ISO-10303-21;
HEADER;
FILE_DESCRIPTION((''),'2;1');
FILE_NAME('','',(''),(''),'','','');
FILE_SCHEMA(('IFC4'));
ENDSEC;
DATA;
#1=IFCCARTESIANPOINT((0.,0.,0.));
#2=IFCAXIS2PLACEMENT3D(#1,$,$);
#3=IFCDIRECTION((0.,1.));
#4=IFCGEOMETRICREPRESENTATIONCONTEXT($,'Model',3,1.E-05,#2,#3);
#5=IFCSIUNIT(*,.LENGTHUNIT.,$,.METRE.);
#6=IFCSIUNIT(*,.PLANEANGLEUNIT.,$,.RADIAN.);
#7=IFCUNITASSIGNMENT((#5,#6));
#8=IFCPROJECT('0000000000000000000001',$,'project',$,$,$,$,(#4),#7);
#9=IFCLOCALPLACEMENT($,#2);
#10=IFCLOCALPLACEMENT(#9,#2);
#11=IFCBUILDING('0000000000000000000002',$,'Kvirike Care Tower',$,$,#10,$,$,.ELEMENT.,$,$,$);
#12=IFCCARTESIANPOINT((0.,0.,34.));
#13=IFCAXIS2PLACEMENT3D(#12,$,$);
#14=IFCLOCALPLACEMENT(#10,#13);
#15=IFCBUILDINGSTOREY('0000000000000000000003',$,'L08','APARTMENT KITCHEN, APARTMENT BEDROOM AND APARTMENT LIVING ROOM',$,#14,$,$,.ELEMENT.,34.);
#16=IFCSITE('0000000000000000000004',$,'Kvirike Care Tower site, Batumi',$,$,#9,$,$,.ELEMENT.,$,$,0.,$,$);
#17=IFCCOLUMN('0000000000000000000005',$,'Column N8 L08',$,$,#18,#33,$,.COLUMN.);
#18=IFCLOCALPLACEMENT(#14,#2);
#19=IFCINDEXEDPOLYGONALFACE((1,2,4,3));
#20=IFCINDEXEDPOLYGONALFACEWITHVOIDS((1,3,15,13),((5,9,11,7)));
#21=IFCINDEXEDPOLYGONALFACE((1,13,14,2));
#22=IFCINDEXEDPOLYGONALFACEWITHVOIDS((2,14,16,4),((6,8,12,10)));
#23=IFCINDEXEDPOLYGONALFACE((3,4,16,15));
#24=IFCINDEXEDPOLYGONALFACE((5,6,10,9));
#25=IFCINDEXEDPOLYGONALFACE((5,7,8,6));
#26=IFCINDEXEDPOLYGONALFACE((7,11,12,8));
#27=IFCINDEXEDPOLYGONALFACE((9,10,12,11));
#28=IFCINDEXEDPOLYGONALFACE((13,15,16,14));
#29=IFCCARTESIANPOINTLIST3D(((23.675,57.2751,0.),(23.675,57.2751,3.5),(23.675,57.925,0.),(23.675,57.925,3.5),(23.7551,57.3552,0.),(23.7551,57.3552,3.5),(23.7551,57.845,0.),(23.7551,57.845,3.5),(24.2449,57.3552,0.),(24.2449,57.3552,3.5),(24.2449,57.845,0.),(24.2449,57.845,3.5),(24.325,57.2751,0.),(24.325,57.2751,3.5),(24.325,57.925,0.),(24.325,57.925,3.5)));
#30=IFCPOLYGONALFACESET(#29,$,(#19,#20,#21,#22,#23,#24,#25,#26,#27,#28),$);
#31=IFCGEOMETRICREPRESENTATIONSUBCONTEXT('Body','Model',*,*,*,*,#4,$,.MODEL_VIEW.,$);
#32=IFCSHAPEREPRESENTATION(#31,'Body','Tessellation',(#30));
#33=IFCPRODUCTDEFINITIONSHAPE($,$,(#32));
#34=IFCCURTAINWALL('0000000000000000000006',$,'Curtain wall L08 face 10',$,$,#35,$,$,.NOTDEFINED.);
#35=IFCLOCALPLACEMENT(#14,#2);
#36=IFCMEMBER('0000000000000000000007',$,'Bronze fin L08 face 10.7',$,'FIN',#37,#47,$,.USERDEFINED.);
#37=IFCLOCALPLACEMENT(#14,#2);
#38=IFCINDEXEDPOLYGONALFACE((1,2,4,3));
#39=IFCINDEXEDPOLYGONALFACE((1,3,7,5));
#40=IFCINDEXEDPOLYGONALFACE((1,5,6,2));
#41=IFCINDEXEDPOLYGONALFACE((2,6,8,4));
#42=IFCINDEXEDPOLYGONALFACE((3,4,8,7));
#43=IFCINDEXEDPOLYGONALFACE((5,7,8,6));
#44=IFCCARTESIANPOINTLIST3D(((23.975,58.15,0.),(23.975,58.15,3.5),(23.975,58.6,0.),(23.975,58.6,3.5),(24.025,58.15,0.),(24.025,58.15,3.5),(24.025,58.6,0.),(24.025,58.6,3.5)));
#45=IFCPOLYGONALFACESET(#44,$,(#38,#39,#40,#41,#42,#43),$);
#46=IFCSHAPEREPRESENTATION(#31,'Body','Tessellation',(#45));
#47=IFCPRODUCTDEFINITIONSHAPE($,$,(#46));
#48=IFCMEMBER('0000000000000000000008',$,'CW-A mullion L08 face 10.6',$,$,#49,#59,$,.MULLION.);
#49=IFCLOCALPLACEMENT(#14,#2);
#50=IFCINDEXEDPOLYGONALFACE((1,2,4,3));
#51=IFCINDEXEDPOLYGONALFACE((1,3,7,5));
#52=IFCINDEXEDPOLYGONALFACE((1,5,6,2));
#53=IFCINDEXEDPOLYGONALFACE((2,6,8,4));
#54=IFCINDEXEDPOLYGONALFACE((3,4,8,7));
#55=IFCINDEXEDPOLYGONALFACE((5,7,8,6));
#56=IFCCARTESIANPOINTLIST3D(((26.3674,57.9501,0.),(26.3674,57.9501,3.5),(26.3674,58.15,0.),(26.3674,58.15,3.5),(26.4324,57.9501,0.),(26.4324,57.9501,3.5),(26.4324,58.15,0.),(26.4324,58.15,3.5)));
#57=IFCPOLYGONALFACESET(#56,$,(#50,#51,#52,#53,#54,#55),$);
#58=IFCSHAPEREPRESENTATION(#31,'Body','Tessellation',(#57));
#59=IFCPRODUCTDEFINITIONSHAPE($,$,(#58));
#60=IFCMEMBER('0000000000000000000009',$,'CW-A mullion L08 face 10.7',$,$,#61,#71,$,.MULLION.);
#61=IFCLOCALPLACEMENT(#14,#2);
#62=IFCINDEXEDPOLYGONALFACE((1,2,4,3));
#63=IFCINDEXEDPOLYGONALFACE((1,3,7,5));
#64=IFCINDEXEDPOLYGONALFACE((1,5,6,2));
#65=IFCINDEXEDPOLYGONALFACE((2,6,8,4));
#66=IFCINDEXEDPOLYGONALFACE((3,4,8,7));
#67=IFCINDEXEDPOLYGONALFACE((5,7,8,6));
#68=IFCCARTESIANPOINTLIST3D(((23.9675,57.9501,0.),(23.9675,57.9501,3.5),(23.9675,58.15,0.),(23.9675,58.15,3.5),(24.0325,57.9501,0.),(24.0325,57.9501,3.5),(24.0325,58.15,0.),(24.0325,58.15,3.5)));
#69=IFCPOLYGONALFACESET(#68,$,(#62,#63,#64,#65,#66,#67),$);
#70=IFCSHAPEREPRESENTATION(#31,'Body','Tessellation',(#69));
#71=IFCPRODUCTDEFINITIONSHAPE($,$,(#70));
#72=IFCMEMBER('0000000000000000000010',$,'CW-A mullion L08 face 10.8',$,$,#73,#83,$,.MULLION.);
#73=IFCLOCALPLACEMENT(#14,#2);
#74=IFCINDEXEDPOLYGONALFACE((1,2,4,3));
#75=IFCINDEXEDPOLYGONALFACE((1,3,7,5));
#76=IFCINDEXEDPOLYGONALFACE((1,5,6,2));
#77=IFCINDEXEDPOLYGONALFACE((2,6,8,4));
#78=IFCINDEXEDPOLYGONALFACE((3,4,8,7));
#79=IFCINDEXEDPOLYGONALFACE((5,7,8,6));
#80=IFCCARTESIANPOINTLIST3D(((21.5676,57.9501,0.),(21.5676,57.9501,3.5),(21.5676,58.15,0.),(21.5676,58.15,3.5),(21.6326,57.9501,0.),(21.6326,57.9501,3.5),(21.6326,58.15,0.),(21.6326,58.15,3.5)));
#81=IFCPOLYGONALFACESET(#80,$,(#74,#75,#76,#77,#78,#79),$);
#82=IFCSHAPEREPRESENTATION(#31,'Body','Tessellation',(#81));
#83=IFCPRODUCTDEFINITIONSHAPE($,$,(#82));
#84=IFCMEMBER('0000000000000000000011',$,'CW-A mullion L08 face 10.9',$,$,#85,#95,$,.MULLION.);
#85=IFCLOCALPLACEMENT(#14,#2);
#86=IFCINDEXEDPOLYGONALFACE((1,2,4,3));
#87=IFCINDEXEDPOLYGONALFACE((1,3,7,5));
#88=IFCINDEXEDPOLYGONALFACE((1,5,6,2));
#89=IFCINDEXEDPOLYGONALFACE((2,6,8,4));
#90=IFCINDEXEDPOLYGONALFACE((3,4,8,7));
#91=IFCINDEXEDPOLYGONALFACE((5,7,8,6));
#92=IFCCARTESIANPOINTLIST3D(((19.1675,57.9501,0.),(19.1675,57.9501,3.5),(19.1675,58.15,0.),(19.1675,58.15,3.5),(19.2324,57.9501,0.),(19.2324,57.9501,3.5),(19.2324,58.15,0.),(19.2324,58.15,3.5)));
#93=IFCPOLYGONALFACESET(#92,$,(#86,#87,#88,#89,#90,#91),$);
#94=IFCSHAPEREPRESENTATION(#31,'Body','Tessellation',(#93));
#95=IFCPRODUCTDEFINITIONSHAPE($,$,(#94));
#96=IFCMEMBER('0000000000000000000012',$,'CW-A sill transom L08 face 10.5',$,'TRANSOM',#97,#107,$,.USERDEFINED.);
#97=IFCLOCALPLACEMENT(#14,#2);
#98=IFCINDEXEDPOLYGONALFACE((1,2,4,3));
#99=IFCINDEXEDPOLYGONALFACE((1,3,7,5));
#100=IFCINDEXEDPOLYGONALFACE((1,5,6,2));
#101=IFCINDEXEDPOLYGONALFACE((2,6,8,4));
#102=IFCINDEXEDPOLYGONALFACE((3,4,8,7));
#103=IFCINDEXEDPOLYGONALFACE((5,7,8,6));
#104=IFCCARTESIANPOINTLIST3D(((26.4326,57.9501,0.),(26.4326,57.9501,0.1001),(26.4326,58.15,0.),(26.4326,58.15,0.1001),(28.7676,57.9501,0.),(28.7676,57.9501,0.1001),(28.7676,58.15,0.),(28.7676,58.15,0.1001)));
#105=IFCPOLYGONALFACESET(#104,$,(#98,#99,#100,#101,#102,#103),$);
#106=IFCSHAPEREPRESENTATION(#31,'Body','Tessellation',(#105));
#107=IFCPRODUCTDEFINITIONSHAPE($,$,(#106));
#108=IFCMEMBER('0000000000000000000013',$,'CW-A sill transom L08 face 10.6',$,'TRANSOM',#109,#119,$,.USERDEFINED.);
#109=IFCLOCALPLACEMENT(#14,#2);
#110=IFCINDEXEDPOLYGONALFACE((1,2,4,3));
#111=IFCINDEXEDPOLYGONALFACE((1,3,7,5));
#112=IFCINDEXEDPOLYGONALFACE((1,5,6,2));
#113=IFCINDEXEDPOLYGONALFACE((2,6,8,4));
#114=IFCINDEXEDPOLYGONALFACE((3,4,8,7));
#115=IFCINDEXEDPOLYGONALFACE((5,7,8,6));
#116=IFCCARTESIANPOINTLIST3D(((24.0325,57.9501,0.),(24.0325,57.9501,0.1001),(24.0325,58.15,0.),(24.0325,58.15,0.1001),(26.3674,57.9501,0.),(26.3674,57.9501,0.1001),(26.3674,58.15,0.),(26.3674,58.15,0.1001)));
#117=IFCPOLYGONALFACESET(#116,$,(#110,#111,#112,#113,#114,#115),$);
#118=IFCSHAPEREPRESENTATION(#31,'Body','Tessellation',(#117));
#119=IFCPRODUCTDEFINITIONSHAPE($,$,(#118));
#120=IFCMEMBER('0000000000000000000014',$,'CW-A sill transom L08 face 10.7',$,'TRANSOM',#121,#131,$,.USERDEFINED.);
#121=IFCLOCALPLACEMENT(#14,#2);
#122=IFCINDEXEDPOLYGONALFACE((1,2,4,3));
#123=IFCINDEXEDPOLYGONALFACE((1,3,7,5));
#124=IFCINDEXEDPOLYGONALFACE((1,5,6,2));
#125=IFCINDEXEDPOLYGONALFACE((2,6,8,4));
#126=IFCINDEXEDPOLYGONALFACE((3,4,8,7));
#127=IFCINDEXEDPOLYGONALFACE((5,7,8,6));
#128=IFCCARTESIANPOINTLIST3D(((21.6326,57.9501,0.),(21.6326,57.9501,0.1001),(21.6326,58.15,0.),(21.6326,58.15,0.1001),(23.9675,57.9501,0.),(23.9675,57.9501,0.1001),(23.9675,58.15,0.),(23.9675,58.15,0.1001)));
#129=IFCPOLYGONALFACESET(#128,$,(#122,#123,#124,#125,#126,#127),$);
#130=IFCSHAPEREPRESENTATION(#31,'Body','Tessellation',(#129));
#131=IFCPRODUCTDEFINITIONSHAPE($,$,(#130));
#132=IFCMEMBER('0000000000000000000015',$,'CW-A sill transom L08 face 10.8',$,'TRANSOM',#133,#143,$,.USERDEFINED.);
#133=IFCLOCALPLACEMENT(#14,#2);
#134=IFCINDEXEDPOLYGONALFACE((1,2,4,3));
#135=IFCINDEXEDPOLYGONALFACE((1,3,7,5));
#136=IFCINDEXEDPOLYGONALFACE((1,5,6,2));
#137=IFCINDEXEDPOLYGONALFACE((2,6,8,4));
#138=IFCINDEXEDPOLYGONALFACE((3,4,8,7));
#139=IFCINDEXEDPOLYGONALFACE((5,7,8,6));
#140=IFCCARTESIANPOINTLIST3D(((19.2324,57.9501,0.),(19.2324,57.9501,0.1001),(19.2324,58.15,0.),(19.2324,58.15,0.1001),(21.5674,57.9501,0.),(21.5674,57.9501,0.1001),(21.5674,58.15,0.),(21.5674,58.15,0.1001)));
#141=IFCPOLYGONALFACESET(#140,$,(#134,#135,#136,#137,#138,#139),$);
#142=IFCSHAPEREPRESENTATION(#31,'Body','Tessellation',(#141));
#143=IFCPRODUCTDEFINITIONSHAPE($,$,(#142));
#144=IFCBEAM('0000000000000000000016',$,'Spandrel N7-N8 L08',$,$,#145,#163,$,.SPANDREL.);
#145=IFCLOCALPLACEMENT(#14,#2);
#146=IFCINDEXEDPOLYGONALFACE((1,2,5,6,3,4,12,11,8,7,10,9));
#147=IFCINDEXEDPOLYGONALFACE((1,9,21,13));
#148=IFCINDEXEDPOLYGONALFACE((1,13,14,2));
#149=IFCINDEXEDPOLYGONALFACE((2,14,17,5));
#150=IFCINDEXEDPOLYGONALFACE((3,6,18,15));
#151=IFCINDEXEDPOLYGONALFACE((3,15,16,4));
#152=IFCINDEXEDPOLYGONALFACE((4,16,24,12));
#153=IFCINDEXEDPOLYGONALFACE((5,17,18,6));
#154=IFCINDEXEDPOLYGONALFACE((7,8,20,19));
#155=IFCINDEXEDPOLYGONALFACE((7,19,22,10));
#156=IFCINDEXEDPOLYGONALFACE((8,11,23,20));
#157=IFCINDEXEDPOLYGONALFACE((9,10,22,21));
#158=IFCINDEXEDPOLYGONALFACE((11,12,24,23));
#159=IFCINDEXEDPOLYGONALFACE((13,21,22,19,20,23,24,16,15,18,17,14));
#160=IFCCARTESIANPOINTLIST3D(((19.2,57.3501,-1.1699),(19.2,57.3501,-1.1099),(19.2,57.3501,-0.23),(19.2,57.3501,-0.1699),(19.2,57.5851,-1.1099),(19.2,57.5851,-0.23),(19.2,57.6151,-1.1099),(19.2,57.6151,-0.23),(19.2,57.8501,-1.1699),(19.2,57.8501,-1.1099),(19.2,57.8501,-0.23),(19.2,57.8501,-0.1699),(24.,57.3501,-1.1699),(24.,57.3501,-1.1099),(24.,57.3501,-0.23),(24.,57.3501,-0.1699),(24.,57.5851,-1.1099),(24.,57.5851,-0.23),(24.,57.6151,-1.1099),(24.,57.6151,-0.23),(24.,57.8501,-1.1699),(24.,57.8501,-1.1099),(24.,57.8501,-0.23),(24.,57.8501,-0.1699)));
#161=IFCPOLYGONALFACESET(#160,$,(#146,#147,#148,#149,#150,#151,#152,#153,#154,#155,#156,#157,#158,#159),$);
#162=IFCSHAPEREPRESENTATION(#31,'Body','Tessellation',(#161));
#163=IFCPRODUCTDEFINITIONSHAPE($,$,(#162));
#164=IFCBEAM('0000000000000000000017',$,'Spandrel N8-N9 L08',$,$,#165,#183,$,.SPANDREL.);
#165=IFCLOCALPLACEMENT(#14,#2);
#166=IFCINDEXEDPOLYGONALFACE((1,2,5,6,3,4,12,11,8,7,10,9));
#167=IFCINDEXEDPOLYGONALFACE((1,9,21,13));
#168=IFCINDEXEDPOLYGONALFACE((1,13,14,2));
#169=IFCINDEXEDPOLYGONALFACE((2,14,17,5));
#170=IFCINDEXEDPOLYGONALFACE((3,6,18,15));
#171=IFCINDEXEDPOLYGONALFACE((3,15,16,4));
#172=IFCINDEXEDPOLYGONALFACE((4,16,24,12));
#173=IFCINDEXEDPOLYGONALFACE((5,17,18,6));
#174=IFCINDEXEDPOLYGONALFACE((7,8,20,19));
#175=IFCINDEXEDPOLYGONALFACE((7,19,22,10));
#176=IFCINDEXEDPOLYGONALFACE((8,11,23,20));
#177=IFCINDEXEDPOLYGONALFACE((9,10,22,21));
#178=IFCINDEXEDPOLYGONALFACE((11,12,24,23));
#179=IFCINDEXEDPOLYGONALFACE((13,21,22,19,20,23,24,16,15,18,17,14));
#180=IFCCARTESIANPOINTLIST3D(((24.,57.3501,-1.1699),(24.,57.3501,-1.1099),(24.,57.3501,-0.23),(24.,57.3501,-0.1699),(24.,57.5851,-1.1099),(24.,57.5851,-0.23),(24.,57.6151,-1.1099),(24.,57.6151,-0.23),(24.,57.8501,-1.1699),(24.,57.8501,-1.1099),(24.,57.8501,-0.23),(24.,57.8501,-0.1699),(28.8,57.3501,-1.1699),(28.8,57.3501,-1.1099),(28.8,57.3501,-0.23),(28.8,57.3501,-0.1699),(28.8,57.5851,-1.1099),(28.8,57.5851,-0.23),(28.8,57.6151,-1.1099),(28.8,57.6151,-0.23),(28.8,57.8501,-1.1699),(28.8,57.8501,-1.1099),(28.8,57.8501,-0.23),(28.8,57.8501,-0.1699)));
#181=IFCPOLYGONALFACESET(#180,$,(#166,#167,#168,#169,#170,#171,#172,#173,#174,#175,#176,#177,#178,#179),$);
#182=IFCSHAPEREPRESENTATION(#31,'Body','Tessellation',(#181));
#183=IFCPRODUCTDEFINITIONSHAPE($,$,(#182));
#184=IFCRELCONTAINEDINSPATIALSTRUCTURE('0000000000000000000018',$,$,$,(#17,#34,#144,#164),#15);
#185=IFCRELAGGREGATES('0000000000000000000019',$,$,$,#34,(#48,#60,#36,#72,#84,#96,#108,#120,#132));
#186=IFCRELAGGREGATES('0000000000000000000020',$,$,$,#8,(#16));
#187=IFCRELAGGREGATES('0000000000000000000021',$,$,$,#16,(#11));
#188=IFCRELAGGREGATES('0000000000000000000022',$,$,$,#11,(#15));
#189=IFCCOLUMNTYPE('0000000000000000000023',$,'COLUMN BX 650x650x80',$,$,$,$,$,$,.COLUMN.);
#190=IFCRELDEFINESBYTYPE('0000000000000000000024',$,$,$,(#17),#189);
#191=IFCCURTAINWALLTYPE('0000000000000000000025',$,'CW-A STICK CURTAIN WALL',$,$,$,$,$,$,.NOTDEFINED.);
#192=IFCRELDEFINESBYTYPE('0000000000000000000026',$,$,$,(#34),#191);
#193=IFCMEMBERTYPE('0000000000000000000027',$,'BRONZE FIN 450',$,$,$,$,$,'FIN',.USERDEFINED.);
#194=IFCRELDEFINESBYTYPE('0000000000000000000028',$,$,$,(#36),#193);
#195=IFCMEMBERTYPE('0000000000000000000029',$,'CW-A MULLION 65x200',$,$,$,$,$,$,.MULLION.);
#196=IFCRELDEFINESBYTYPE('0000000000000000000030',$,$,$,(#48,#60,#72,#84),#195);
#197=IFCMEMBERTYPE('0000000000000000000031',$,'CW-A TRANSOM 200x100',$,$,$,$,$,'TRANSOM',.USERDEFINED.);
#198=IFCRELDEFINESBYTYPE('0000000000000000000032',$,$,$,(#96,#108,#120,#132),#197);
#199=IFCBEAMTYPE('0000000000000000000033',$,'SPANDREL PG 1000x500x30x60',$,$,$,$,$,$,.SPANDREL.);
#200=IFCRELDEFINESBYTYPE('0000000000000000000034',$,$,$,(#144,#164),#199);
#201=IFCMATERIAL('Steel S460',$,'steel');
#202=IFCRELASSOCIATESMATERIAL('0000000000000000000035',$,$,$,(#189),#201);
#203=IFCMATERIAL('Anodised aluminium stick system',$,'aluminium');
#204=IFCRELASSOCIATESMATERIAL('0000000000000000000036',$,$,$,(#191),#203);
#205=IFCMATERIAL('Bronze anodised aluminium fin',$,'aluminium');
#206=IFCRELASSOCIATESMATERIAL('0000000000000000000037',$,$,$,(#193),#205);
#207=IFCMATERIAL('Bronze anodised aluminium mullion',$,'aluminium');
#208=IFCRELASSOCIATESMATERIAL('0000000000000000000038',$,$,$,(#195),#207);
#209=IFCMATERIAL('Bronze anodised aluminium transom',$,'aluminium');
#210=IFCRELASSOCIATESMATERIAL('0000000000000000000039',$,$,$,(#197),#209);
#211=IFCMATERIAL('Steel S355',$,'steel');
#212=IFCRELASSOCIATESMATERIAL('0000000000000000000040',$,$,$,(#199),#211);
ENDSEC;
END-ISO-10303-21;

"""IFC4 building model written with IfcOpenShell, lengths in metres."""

from ifc_helpers import new_model, si_unit, direction, frame, origin, origin_2d, place, context, subcontext, project, spatial, rectangle, hollow_rectangle, i_section, extrude, material, material_profile, profile_set, type_object, element, aggregate, save


model = new_model("IFC4")

# Units and contexts
model_context = context("Model", 3, precision=1e-05, world=origin(), true_north=direction((0.0, 1.0)))
body_context = subcontext(model_context, "Body", "Model", "MODEL_VIEW")
ifc_project = project(units=[si_unit("LENGTHUNIT", "METRE"), si_unit("PLANEANGLEUNIT", "RADIAN")], contexts=[model_context])

# Site, building, storey
site_placement = place(None, origin())
site = spatial("IfcSite", under=ifc_project, at=site_placement, Name="Kvirike Care Tower site, Batumi", CompositionType="ELEMENT", RefElevation=0.0)
building_placement = place(site_placement, origin())
building = spatial("IfcBuilding", under=site, at=building_placement, Name="Kvirike Care Tower", CompositionType="ELEMENT")
storey_placement = place(building_placement, frame((0.0, 0.0, 34.0)))
storey = spatial("IfcBuildingStorey", under=building, at=storey_placement, Name="L08", Description="APARTMENT KITCHEN, APARTMENT BEDROOM AND APARTMENT LIVING ROOM", CompositionType="ELEMENT", Elevation=34.0)

# Column
ifc_material_1 = material(Name="Steel S460", Category="steel")
ifc_material_profile_1 = material_profile(ifc_material_1, hollow_rectangle(XDim=0.6499, YDim=0.6499, WallThickness=0.0801, at=origin_2d()), Name="BX 650x650x80")
ifc_profile_set_1 = profile_set([ifc_material_profile_1], Name="Steel S460")
column_type = type_object("IfcColumnType", Name="COLUMN BX 650x650x80", PredefinedType="COLUMN", material=ifc_profile_set_1)
column_placement = place(storey_placement, frame((24.0, 57.6001, 0.0), z_axis=(0.0, 0.0, 1.0), x_axis=(0.0, 1.0, 0.0)))
element("IfcColumn", 1, at=column_placement, inside=storey, type_object=column_type, Name="Column N8 L08", PredefinedType="COLUMN", context=body_context, shape_type="SweptSolid", body=[
    extrude(hollow_rectangle(XDim=0.6499, YDim=0.6499, WallThickness=0.0801, at=origin_2d()), origin(), (0.0, 0.0, 1.0), 3.5),
])

# Curtain wall, members
ifc_material_2 = material(Name="Anodised aluminium stick system", Category="aluminium")
curtain_wall_type = type_object("IfcCurtainWallType", Name="CW-A STICK CURTAIN WALL", PredefinedType="NOTDEFINED", material=ifc_material_2)
curtain_wall_placement = place(storey_placement, origin())
curtain_wall = element("IfcCurtainWall", 2, at=curtain_wall_placement, inside=storey, type_object=curtain_wall_type, Name="Curtain wall L08 face 10", PredefinedType="NOTDEFINED")
ifc_material_3 = material(Name="Bronze anodised aluminium fin", Category="aluminium")
ifc_material_profile_2 = material_profile(ifc_material_3, rectangle(XDim=0.05, YDim=0.45, at=origin_2d()), Name="BRONZE FIN 450")
ifc_profile_set_2 = profile_set([ifc_material_profile_2], Name="Bronze anodised aluminium fin")
member_type_1 = type_object("IfcMemberType", Name="BRONZE FIN 450", ElementType="FIN", PredefinedType="USERDEFINED", material=ifc_profile_set_2)
member_1_placement = place(storey_placement, frame((24.0, 58.375, 0.0), z_axis=(0.0, 0.0, 1.0), x_axis=(-1.0, 0.0, 0.0)))
member_1 = element("IfcMember", 3, at=member_1_placement, type_object=member_type_1, Name="Bronze fin L08 face 10.7", ObjectType="FIN", PredefinedType="USERDEFINED", context=body_context, shape_type="SweptSolid", body=[
    extrude(rectangle(XDim=0.05, YDim=0.45, at=origin_2d()), origin(), (0.0, 0.0, 1.0), 3.5),
])
ifc_material_4 = material(Name="Bronze anodised aluminium mullion", Category="aluminium")
ifc_material_profile_3 = material_profile(ifc_material_4, rectangle(XDim=0.0649, YDim=0.2, at=origin_2d()), Name="CW-A MULLION 65x200")
ifc_profile_set_3 = profile_set([ifc_material_profile_3], Name="Bronze anodised aluminium mullion")
member_type_2 = type_object("IfcMemberType", Name="CW-A MULLION 65x200", PredefinedType="MULLION", material=ifc_profile_set_3)
member_2_placement = place(storey_placement, frame((26.3999, 58.05, 0.0), z_axis=(0.0, 0.0, 1.0), x_axis=(-1.0, 0.0, 0.0)))
member_2 = element("IfcMember", 4, at=member_2_placement, type_object=member_type_2, Name="CW-A mullion L08 face 10.6", PredefinedType="MULLION", context=body_context, shape_type="SweptSolid", body=[
    extrude(rectangle(XDim=0.0649, YDim=0.2, at=origin_2d()), origin(), (0.0, 0.0, 1.0), 3.5),
])
member_3_placement = place(storey_placement, frame((24.0, 58.05, 0.0), z_axis=(0.0, 0.0, 1.0), x_axis=(-1.0, 0.0, 0.0)))
member_3 = element("IfcMember", 5, at=member_3_placement, type_object=member_type_2, Name="CW-A mullion L08 face 10.7", PredefinedType="MULLION", context=body_context, shape_type="SweptSolid", body=[
    extrude(rectangle(XDim=0.0649, YDim=0.2, at=origin_2d()), origin(), (0.0, 0.0, 1.0), 3.5),
])
member_4_placement = place(storey_placement, frame((21.6001, 58.05, 0.0), z_axis=(0.0, 0.0, 1.0), x_axis=(-1.0, 0.0, 0.0)))
member_4 = element("IfcMember", 6, at=member_4_placement, type_object=member_type_2, Name="CW-A mullion L08 face 10.8", PredefinedType="MULLION", context=body_context, shape_type="SweptSolid", body=[
    extrude(rectangle(XDim=0.0649, YDim=0.2, at=origin_2d()), origin(), (0.0, 0.0, 1.0), 3.5),
])
member_5_placement = place(storey_placement, frame((19.2, 58.05, 0.0), z_axis=(0.0, 0.0, 1.0), x_axis=(-1.0, 0.0, 0.0)))
member_5 = element("IfcMember", 7, at=member_5_placement, type_object=member_type_2, Name="CW-A mullion L08 face 10.9", PredefinedType="MULLION", context=body_context, shape_type="SweptSolid", body=[
    extrude(rectangle(XDim=0.0649, YDim=0.2, at=origin_2d()), origin(), (0.0, 0.0, 1.0), 3.5),
])
ifc_material_5 = material(Name="Bronze anodised aluminium transom", Category="aluminium")
ifc_material_profile_4 = material_profile(ifc_material_5, rectangle(XDim=0.2, YDim=0.1001, at=origin_2d()), Name="CW-A TRANSOM 200x100")
ifc_profile_set_4 = profile_set([ifc_material_profile_4], Name="Bronze anodised aluminium transom")
member_type_3 = type_object("IfcMemberType", Name="CW-A TRANSOM 200x100", ElementType="TRANSOM", PredefinedType="USERDEFINED", material=ifc_profile_set_4)
member_6_placement = place(storey_placement, frame((28.7676, 58.05, 0.05), z_axis=(-1.0, 0.0, 0.0), x_axis=(0.0, -1.0, 0.0)))
member_6 = element("IfcMember", 8, at=member_6_placement, type_object=member_type_3, Name="CW-A sill transom L08 face 10.5", ObjectType="TRANSOM", PredefinedType="USERDEFINED", context=body_context, shape_type="SweptSolid", body=[
    extrude(rectangle(XDim=0.2, YDim=0.1001, at=origin_2d()), origin(), (0.0, 0.0, 1.0), 2.335),
])
member_7_placement = place(storey_placement, frame((26.3674, 58.05, 0.05), z_axis=(-1.0, 0.0, 0.0), x_axis=(0.0, -1.0, 0.0)))
member_7 = element("IfcMember", 9, at=member_7_placement, type_object=member_type_3, Name="CW-A sill transom L08 face 10.6", ObjectType="TRANSOM", PredefinedType="USERDEFINED", context=body_context, shape_type="SweptSolid", body=[
    extrude(rectangle(XDim=0.2, YDim=0.1001, at=origin_2d()), origin(), (0.0, 0.0, 1.0), 2.335),
])
member_8_placement = place(storey_placement, frame((23.9675, 58.05, 0.05), z_axis=(-1.0, 0.0, 0.0), x_axis=(0.0, -1.0, 0.0)))
member_8 = element("IfcMember", 10, at=member_8_placement, type_object=member_type_3, Name="CW-A sill transom L08 face 10.7", ObjectType="TRANSOM", PredefinedType="USERDEFINED", context=body_context, shape_type="SweptSolid", body=[
    extrude(rectangle(XDim=0.2, YDim=0.1001, at=origin_2d()), origin(), (0.0, 0.0, 1.0), 2.335),
])
member_9_placement = place(storey_placement, frame((21.5674, 58.05, 0.05), z_axis=(-1.0, 0.0, 0.0), x_axis=(0.0, -1.0, 0.0)))
member_9 = element("IfcMember", 11, at=member_9_placement, type_object=member_type_3, Name="CW-A sill transom L08 face 10.8", ObjectType="TRANSOM", PredefinedType="USERDEFINED", context=body_context, shape_type="SweptSolid", body=[
    extrude(rectangle(XDim=0.2, YDim=0.1001, at=origin_2d()), origin(), (0.0, 0.0, 1.0), 2.335),
])

# Beams
ifc_material_6 = material(Name="Steel S355", Category="steel")
ifc_material_profile_5 = material_profile(ifc_material_6, i_section(OverallWidth=0.5, OverallDepth=1.0, WebThickness=0.03, FlangeThickness=0.0601, at=origin_2d()), Name="PG 1000x500x30x60")
ifc_profile_set_5 = profile_set([ifc_material_profile_5], Name="Steel S355")
beam_type = type_object("IfcBeamType", Name="SPANDREL PG 1000x500x30x60", PredefinedType="SPANDREL", material=ifc_profile_set_5)
for number, where, z_axis, x_axis, name in (
    (12, (19.2, 57.6001, -0.6699), (1.0, 0.0, 0.0), (0.0, 1.0, 0.0), "Spandrel N7-N8 L08"),
    (13, (24.0, 57.6001, -0.6699), (1.0, 0.0, 0.0), (0.0, 1.0, 0.0), "Spandrel N8-N9 L08"),
):
    element("IfcBeam", number, at=place(storey_placement, frame(where, z_axis=z_axis, x_axis=x_axis)), inside=storey, type_object=beam_type, Name=name, PredefinedType="SPANDREL", context=body_context, shape_type="SweptSolid", body=[
        extrude(i_section(OverallWidth=0.5, OverallDepth=1.0, WebThickness=0.03, FlangeThickness=0.0601, at=origin_2d()), origin(), (0.0, 0.0, 1.0), 4.8),
    ])

aggregate(curtain_wall, [member_2, member_3, member_1, member_4, member_5, member_6, member_7, member_8, member_9])

save(model, "model.ifc")
